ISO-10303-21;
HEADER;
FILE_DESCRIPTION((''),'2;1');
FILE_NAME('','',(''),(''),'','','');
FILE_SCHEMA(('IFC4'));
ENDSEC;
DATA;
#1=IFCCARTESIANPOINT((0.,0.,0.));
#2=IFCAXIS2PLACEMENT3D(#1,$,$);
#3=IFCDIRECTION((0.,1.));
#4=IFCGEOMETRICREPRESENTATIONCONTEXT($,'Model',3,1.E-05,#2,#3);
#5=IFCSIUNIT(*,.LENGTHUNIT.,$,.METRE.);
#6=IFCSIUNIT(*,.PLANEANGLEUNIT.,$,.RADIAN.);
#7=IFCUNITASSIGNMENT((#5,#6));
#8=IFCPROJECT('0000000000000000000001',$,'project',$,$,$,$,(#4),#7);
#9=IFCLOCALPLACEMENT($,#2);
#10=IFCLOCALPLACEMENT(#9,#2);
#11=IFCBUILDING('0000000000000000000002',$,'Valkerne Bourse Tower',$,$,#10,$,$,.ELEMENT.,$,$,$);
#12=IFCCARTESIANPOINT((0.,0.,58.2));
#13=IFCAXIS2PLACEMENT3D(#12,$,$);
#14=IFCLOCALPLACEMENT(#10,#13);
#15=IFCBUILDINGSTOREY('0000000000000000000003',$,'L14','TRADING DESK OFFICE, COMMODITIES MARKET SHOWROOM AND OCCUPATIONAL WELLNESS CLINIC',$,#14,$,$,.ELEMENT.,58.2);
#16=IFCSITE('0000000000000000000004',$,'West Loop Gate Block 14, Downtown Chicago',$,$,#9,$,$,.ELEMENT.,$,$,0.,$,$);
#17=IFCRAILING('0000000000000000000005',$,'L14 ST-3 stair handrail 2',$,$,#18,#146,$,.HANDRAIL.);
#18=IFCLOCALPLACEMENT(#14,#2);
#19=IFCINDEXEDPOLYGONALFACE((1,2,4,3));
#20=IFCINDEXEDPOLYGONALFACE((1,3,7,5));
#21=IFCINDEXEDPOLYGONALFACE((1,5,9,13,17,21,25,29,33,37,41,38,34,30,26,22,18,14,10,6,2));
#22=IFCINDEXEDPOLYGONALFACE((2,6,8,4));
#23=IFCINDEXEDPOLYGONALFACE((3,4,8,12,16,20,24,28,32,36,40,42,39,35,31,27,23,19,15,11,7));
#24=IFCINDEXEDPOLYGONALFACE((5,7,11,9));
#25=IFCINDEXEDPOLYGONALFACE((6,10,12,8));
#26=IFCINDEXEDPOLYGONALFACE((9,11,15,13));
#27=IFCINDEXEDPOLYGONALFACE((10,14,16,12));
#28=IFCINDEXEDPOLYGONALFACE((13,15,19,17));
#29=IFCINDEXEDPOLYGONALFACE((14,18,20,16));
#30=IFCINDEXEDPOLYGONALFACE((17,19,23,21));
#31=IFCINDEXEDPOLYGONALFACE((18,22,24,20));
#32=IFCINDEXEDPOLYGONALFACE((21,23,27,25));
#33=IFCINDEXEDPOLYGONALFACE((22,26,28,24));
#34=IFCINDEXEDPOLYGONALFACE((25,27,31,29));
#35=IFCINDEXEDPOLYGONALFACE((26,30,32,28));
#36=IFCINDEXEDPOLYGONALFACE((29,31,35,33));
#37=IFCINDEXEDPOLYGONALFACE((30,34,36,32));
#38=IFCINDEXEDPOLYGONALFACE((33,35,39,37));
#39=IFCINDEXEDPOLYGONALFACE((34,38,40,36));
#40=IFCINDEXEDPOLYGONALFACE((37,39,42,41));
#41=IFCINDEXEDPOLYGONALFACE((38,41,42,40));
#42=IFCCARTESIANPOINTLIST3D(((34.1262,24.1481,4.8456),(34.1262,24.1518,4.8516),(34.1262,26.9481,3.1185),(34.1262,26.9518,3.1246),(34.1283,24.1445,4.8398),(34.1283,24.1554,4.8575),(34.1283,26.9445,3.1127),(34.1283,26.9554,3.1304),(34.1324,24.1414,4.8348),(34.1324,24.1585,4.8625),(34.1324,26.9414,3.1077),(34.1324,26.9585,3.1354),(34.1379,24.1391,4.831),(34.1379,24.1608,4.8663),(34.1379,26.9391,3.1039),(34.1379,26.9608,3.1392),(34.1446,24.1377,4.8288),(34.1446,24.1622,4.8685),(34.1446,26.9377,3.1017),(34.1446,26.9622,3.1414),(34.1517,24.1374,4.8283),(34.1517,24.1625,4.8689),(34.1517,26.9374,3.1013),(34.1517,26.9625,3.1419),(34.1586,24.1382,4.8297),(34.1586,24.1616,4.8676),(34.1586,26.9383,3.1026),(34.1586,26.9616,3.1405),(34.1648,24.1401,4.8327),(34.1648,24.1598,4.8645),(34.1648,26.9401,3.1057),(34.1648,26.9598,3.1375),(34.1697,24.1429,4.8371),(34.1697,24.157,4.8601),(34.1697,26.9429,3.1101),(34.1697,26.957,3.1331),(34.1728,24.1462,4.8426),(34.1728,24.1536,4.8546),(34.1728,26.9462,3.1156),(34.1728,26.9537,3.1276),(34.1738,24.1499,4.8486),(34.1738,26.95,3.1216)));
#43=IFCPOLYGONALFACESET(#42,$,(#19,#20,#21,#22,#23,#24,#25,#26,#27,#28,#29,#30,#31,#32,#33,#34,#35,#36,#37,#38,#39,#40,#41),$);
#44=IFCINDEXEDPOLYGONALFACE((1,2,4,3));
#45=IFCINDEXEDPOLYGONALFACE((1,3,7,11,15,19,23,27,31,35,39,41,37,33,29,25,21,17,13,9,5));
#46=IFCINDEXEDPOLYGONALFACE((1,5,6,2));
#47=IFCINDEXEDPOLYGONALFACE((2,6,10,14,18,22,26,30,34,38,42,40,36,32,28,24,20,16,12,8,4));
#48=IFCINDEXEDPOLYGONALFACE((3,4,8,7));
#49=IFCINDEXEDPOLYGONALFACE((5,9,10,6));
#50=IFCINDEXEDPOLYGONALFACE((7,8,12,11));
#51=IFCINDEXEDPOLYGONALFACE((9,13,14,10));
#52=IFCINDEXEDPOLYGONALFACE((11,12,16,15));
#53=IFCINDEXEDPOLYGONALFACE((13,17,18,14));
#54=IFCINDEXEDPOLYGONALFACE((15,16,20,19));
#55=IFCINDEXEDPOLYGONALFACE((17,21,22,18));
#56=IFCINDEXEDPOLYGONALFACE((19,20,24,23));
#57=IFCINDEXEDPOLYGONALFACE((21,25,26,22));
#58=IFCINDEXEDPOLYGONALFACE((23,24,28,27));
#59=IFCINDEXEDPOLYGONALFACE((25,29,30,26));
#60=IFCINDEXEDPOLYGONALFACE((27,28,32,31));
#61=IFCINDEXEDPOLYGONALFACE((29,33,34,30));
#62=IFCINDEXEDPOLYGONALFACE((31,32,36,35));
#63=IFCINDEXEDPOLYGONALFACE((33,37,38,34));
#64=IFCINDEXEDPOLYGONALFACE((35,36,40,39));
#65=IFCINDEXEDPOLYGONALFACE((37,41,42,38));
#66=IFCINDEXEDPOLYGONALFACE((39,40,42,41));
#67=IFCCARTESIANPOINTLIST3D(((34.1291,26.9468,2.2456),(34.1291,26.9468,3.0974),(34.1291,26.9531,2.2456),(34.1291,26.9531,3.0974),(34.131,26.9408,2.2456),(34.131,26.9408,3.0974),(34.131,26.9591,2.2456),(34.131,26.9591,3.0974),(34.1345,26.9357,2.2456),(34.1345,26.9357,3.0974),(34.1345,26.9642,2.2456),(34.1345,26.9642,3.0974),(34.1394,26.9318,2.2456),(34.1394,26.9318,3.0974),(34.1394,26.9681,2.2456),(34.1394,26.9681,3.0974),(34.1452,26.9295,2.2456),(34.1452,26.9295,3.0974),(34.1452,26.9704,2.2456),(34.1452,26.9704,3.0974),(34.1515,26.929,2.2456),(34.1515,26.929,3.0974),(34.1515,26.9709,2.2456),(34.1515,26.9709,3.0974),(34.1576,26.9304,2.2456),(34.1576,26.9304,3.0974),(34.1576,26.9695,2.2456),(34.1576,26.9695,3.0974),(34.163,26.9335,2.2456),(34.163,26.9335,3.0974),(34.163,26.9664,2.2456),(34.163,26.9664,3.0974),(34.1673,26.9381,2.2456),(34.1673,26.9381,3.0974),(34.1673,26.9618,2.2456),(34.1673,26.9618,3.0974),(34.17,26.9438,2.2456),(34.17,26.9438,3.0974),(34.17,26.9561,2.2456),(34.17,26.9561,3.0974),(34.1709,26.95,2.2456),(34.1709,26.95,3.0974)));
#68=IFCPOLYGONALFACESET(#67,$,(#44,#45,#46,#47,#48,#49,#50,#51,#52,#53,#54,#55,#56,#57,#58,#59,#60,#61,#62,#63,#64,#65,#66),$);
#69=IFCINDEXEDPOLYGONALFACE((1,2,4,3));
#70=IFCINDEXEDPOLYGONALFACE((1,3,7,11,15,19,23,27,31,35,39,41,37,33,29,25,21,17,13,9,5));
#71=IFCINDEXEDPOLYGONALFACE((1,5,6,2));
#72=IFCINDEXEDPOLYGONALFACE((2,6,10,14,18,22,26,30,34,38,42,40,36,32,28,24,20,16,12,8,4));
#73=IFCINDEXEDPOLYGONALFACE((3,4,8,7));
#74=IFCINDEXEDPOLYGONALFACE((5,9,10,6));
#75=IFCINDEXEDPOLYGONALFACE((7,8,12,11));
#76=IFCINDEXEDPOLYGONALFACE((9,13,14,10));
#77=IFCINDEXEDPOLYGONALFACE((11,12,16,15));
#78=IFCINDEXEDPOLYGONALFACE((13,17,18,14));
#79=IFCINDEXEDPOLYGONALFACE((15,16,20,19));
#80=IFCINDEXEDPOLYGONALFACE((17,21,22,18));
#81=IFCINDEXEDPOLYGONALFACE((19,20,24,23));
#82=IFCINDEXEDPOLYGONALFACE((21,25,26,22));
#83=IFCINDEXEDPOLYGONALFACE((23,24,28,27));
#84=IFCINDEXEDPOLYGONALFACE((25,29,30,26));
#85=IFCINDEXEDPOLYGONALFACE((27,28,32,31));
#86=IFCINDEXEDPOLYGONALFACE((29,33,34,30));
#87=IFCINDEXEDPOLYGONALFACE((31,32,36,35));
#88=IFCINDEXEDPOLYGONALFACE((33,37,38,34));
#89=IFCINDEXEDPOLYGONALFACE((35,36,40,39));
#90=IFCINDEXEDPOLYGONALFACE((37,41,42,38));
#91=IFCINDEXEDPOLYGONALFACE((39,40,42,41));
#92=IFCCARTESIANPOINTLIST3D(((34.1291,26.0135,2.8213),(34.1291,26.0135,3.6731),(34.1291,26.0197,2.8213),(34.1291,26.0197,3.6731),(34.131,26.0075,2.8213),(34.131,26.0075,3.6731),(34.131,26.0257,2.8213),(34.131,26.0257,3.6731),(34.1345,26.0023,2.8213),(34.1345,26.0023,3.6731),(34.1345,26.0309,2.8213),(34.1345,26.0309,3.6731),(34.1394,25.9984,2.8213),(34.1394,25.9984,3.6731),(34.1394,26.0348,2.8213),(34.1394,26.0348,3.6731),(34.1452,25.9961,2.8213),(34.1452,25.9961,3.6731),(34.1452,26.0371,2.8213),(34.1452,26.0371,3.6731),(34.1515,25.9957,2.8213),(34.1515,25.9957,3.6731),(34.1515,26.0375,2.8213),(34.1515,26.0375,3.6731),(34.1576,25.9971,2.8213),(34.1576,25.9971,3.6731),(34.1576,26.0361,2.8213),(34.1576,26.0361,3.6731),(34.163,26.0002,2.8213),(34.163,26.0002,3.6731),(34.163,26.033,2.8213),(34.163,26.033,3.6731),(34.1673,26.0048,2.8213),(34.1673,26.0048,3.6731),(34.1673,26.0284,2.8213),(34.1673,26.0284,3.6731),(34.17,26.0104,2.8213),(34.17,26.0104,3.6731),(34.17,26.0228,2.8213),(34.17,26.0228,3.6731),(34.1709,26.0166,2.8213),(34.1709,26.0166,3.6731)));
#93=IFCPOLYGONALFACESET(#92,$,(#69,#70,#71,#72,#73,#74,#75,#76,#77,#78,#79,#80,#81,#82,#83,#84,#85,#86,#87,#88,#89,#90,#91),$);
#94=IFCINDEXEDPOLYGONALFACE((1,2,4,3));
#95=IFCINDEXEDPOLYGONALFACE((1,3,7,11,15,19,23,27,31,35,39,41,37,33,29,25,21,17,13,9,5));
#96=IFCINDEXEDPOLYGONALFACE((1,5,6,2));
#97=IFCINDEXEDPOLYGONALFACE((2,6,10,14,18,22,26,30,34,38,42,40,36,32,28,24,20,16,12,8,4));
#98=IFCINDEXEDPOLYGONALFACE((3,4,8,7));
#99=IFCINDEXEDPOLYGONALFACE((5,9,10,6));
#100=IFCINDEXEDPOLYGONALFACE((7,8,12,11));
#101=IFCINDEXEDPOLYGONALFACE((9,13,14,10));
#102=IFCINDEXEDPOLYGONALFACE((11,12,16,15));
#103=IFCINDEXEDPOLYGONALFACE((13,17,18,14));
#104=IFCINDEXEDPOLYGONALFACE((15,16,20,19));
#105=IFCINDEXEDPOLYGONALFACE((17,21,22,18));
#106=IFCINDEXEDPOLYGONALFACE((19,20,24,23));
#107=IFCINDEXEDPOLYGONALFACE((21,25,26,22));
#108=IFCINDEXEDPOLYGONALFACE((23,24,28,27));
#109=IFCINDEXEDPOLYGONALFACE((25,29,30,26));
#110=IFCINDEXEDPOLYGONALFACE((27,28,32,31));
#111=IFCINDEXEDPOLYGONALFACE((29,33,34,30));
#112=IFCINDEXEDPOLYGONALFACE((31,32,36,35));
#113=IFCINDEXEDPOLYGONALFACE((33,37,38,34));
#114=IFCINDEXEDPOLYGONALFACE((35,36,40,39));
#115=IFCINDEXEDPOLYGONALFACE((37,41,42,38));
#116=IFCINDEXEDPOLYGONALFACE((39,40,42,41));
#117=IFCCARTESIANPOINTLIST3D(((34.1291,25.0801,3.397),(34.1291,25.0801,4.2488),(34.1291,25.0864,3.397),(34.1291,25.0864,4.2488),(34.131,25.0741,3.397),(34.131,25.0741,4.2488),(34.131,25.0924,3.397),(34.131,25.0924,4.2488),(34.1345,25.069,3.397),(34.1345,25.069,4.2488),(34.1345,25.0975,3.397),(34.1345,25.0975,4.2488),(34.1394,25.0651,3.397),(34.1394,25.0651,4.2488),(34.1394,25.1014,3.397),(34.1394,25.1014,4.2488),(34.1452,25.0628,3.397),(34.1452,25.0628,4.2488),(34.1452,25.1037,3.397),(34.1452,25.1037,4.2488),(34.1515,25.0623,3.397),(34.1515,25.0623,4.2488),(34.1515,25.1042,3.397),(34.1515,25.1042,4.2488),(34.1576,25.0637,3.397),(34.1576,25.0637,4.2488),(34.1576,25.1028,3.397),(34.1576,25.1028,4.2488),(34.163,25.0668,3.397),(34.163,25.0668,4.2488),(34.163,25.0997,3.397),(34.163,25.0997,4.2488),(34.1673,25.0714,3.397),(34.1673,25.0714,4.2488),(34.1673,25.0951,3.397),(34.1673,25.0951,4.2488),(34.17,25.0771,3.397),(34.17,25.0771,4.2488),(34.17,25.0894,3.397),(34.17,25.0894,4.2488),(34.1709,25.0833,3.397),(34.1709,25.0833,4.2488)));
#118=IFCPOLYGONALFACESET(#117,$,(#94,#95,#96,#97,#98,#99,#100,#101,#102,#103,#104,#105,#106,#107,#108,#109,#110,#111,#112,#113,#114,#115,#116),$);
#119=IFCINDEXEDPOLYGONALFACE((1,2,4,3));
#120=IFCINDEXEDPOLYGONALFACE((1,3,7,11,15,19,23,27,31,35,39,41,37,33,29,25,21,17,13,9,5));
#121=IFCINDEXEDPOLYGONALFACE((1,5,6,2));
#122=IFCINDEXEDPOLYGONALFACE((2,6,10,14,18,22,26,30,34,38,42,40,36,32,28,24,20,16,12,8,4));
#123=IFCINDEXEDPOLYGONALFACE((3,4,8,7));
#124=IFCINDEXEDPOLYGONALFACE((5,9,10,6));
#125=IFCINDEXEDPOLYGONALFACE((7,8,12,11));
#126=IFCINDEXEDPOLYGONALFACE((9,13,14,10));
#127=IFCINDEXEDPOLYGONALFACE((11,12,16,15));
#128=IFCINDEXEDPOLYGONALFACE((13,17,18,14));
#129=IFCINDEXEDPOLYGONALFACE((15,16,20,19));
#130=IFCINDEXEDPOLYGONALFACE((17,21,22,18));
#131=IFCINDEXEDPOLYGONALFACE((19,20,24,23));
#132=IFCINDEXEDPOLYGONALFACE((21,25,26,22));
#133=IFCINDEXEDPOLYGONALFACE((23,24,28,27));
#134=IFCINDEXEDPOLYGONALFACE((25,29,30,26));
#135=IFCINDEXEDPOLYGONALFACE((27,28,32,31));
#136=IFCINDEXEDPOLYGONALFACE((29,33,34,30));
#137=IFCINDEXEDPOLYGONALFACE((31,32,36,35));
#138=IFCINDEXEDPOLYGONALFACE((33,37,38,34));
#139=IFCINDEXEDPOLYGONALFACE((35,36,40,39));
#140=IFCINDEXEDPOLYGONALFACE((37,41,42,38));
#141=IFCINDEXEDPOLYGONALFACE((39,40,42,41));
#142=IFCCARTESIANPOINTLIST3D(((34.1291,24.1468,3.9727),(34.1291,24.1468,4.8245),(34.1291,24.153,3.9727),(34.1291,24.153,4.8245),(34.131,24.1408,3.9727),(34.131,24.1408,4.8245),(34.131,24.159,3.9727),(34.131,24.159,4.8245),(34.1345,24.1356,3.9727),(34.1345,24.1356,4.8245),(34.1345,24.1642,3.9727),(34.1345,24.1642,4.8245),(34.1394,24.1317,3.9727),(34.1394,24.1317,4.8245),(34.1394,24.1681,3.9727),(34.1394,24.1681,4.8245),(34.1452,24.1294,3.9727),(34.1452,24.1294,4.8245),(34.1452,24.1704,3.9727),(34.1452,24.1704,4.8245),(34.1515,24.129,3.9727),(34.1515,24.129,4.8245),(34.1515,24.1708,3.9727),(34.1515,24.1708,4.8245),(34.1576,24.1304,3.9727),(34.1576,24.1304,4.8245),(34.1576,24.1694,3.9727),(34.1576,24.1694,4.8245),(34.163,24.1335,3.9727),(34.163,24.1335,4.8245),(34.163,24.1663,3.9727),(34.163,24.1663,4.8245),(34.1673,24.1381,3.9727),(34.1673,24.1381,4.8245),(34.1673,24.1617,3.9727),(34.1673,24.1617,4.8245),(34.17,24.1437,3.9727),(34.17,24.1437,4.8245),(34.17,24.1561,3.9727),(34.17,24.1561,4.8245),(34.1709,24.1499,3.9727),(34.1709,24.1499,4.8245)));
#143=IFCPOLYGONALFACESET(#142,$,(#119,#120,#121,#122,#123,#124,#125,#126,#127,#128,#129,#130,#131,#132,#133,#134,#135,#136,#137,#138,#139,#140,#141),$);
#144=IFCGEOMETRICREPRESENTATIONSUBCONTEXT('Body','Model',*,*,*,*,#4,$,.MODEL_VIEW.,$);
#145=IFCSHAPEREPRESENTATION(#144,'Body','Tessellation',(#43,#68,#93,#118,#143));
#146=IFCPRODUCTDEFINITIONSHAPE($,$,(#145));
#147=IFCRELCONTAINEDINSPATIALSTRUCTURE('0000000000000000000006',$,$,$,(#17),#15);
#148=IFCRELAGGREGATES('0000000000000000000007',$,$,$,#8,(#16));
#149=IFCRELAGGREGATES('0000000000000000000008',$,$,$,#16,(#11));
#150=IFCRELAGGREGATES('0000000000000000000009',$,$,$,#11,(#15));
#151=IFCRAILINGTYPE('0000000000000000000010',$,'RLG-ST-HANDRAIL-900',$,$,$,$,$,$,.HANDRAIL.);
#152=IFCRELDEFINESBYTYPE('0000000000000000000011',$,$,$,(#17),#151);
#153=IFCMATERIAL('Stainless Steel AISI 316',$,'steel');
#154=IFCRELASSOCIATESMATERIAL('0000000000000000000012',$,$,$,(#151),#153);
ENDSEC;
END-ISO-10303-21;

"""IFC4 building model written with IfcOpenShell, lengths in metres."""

from ifc_helpers import new_model, si_unit, direction, frame, origin, origin_2d, place, context, subcontext, project, spatial, circle, extrude, material, type_object, element, save


model = new_model("IFC4")

# Units and contexts
model_context = context("Model", 3, precision=1e-05, world=origin(), true_north=direction((0.0, 1.0)))
body_context = subcontext(model_context, "Body", "Model", "MODEL_VIEW")
ifc_project = project(units=[si_unit("LENGTHUNIT", "METRE"), si_unit("PLANEANGLEUNIT", "RADIAN")], contexts=[model_context])

# Site, building, storey
site_placement = place(None, origin())
site = spatial("IfcSite", under=ifc_project, at=site_placement, Name="West Loop Gate Block 14, Downtown Chicago", CompositionType="ELEMENT", RefElevation=0.0)
building_placement = place(site_placement, origin())
building = spatial("IfcBuilding", under=site, at=building_placement, Name="Valkerne Bourse Tower", CompositionType="ELEMENT")
storey_placement = place(building_placement, frame((0.0, 0.0, 58.2)))
storey = spatial("IfcBuildingStorey", under=building, at=storey_placement, Name="L14", Description="TRADING DESK OFFICE, COMMODITIES MARKET SHOWROOM AND OCCUPATIONAL WELLNESS CLINIC", CompositionType="ELEMENT", Elevation=58.2)

# Railing
ifc_material_1 = material(Name="Stainless Steel AISI 316", Category="steel")
railing_type_1 = type_object("IfcRailingType", Name="RLG-ST-HANDRAIL-900", PredefinedType="HANDRAIL", material=ifc_material_1)
railing_1_placement = place(storey_placement, frame((34.1499, 26.95, 2.2456)))
element("IfcRailing", 1, at=railing_1_placement, inside=storey, type_object=railing_type_1, Name="L14 ST-3 stair handrail 2", PredefinedType="HANDRAIL", context=body_context, shape_type="SweptSolid", body=[
    extrude(circle(Radius=0.0239, at=origin_2d()), frame((0.0, 0.0, 0.876), z_axis=(0.0, -0.851123, 0.524967), x_axis=(1.0, 0.0, 0.0)), (0.0, 0.0, 1.0), 3.2898),
    extrude(circle(Radius=0.021, at=origin_2d()), origin(), (0.0, 0.0, 1.0), 0.8518),
    extrude(circle(Radius=0.021, at=origin_2d()), frame((0.0, -0.9333, 0.5757)), (0.0, 0.0, 1.0), 0.8518),
    extrude(circle(Radius=0.021, at=origin_2d()), frame((0.0, -1.8667, 1.1514)), (0.0, 0.0, 1.0), 0.8518),
    extrude(circle(Radius=0.021, at=origin_2d()), frame((0.0, -2.8, 1.7271)), (0.0, 0.0, 1.0), 0.8518),
])

save(model, "model.ifc")
